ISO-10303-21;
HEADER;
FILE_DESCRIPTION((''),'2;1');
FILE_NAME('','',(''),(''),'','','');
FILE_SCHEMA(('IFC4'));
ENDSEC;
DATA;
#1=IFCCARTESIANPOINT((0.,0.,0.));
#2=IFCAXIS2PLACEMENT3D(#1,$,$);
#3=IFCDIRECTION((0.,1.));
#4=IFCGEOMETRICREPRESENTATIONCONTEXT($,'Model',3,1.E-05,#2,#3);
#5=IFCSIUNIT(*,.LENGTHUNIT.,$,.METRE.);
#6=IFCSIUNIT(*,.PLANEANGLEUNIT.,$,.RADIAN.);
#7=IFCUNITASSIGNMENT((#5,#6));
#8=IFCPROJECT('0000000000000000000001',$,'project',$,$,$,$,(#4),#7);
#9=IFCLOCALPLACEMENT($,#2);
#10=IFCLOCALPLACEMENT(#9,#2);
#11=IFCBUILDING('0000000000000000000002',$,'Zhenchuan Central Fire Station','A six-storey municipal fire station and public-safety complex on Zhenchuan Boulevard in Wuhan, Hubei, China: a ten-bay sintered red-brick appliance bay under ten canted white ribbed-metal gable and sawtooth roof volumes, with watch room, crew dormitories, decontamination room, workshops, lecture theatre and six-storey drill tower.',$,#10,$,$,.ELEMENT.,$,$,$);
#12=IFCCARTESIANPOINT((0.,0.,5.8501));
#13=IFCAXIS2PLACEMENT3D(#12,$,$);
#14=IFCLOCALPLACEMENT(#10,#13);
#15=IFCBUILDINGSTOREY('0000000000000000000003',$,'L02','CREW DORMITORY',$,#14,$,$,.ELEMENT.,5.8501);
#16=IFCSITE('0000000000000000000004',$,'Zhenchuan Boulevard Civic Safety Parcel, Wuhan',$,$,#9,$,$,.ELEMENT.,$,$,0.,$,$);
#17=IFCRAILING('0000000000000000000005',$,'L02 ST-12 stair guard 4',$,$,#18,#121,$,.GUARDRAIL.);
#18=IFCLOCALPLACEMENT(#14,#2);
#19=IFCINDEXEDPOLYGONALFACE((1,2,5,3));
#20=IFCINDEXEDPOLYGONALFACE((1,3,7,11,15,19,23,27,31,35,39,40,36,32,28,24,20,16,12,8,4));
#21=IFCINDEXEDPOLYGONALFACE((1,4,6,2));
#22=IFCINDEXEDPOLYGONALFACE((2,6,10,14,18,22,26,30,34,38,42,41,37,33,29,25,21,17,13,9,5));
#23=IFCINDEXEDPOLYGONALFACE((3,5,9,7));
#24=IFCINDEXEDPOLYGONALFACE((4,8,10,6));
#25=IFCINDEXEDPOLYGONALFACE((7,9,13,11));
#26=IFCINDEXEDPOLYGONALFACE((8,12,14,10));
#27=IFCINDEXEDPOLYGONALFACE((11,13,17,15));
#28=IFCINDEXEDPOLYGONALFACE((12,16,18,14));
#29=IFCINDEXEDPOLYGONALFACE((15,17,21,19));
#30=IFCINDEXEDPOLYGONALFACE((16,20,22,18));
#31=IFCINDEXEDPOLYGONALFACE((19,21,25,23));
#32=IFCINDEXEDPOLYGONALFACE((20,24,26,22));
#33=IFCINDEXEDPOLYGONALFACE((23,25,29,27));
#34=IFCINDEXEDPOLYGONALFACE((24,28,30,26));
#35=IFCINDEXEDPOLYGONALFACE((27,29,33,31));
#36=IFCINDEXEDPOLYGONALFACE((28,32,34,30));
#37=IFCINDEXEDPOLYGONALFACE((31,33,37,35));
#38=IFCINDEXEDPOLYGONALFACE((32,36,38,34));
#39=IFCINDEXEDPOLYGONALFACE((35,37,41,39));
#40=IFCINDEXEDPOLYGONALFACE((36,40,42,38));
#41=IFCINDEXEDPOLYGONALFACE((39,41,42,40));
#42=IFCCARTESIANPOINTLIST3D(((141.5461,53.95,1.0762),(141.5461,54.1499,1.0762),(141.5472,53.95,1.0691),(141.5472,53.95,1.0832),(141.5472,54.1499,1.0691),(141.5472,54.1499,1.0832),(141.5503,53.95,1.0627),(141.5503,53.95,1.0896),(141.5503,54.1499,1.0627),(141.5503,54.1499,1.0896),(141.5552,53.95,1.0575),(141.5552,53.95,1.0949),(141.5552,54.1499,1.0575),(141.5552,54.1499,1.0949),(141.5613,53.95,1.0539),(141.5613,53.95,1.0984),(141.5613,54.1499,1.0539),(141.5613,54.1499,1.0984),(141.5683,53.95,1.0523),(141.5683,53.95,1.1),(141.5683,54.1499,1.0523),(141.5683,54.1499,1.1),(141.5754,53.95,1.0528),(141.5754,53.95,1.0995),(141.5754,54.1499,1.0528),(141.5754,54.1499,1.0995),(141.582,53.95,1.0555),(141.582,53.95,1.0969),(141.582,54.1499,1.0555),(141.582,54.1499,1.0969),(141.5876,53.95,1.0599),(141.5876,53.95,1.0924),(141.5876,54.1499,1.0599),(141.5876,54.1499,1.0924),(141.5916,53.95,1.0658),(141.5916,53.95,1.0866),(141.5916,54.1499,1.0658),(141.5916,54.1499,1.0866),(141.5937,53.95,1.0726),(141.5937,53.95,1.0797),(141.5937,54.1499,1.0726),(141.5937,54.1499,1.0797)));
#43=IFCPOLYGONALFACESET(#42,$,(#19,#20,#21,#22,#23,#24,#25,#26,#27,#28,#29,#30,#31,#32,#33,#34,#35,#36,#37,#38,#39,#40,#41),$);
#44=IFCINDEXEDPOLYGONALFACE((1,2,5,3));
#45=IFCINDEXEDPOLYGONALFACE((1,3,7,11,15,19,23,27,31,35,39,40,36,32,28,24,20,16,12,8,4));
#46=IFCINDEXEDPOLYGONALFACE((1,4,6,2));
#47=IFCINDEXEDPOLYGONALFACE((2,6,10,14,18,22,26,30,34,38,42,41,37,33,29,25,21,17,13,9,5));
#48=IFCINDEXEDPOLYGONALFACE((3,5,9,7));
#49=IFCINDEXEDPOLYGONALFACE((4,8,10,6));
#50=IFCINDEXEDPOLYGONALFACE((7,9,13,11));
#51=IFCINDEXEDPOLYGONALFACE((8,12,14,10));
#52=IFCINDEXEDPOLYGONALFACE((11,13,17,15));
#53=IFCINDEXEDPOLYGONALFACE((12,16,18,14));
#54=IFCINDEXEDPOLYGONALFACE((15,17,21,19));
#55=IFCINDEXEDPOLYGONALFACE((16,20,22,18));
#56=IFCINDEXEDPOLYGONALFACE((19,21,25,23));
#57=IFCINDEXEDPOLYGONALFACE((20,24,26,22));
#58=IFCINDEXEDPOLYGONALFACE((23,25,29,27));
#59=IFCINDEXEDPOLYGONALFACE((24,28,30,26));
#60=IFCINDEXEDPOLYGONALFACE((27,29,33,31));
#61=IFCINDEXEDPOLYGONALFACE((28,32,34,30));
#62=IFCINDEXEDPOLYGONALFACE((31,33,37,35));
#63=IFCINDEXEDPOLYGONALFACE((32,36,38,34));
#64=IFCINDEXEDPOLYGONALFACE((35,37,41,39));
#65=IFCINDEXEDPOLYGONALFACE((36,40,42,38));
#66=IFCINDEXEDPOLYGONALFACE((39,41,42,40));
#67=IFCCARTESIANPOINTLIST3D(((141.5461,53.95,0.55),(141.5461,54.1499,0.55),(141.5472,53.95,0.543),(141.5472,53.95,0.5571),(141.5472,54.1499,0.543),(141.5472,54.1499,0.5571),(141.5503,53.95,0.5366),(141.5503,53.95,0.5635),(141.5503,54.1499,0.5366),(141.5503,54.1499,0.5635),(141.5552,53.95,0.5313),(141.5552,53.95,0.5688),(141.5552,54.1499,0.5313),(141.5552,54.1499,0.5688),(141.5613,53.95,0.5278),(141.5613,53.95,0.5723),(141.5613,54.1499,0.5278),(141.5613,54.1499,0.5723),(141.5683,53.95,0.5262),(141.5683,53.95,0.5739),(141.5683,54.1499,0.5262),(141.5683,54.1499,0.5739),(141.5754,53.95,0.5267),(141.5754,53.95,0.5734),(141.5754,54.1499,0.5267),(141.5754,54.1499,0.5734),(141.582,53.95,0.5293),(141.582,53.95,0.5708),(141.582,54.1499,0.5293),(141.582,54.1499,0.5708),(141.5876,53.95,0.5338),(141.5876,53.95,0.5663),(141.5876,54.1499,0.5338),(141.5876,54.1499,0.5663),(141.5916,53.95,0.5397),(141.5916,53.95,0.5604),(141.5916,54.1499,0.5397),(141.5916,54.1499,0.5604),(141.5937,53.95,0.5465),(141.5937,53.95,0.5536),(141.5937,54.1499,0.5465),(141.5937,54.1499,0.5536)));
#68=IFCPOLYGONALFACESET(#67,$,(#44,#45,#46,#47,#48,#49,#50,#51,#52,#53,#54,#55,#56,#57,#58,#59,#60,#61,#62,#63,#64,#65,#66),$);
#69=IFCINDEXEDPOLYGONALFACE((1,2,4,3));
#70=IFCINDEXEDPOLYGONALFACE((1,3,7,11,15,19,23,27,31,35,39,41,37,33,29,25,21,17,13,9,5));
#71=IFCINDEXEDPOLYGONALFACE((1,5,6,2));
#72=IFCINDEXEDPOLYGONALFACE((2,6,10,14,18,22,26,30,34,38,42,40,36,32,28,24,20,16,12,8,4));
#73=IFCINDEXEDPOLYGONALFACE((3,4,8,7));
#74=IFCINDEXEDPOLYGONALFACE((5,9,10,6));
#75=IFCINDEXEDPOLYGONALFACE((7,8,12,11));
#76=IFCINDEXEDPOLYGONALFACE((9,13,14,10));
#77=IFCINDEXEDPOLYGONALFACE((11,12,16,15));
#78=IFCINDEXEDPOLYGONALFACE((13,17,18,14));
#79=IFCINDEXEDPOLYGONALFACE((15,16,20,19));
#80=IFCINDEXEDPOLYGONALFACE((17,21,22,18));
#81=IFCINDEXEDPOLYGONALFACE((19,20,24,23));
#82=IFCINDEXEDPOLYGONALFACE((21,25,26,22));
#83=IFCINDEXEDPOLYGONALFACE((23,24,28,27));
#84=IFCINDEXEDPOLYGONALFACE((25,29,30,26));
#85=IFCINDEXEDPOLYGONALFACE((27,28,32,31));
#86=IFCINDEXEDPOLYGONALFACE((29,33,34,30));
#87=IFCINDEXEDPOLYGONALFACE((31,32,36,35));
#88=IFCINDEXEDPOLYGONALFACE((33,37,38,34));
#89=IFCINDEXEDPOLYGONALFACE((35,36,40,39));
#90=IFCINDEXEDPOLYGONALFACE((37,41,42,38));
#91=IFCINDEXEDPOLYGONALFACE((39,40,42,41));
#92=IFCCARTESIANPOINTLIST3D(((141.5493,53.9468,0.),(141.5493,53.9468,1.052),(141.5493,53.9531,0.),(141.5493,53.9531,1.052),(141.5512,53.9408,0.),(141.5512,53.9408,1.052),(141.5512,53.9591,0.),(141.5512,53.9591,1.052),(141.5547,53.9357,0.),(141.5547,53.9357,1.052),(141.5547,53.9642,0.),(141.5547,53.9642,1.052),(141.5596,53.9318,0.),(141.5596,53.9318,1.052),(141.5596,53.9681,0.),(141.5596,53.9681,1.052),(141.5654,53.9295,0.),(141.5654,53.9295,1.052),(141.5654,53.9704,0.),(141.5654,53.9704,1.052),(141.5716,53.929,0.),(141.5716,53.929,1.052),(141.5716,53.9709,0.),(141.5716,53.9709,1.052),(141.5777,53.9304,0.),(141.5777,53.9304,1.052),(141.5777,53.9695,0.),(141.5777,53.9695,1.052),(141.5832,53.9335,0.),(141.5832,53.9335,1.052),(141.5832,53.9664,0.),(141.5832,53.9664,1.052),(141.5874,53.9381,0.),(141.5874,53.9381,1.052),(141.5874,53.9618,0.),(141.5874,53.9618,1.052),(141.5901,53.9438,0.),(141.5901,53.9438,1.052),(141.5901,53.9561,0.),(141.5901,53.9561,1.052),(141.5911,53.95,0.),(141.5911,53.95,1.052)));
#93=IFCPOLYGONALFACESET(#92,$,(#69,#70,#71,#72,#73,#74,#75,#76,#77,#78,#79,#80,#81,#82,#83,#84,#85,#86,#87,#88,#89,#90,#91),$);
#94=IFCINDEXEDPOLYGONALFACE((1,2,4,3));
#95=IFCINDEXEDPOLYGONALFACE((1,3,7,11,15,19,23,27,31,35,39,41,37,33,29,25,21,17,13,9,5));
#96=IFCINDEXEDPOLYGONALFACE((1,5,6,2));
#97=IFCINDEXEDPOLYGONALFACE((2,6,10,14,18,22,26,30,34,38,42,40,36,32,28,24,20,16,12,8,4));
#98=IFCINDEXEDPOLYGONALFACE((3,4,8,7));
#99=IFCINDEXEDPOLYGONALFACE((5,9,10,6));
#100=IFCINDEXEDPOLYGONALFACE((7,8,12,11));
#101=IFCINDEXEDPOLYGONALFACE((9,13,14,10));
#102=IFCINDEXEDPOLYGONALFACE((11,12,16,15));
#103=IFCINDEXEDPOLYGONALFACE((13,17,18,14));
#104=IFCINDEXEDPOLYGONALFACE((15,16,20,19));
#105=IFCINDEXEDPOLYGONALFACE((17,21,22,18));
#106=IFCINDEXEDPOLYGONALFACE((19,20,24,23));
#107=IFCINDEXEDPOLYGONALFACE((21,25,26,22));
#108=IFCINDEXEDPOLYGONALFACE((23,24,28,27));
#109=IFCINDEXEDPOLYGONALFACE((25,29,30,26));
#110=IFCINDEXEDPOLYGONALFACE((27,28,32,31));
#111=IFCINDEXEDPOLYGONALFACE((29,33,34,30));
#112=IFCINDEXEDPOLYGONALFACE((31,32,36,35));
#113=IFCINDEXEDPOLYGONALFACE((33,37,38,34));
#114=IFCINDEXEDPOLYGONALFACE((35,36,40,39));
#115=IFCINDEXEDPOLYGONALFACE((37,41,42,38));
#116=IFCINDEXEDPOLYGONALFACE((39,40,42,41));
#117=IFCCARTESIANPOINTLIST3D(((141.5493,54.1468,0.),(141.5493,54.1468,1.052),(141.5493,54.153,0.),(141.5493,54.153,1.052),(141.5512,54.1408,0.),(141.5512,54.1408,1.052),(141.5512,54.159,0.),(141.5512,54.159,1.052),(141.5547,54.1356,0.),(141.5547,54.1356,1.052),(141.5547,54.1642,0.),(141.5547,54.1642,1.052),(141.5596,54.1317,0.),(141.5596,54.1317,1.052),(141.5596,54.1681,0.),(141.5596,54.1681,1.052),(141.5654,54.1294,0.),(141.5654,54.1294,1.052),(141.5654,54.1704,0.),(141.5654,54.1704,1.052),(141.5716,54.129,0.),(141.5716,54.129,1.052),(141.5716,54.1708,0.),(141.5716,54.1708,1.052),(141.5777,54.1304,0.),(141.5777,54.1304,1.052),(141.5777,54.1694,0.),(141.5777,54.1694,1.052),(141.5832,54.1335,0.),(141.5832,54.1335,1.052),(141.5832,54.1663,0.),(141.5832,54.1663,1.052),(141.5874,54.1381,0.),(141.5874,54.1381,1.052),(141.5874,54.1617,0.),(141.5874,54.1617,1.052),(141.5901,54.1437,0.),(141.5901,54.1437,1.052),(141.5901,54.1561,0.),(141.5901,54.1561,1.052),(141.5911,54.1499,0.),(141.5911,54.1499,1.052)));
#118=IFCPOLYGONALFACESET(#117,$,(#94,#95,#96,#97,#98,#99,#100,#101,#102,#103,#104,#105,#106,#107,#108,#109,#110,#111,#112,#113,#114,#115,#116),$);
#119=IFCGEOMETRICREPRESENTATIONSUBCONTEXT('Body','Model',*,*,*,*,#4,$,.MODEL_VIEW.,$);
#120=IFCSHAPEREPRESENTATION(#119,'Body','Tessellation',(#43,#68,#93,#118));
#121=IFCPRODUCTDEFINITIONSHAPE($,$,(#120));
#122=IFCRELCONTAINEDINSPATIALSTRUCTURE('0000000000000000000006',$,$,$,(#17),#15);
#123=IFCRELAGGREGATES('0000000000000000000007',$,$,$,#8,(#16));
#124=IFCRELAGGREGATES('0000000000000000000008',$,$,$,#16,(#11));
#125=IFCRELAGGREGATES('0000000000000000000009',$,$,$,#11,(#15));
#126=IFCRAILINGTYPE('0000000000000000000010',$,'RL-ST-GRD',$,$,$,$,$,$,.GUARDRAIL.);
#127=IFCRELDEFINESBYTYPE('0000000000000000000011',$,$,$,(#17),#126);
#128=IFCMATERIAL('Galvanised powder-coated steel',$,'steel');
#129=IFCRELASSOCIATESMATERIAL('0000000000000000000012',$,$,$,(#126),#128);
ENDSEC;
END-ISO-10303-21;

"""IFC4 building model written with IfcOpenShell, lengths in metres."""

from ifc_helpers import new_model, si_unit, direction, frame, origin, origin_2d, place, context, subcontext, project, spatial, circle, extrude, material, type_object, element, save


model = new_model("IFC4")

# Units and contexts
model_context = context("Model", 3, precision=1e-05, world=origin(), true_north=direction((0.0, 1.0)))
body_context = subcontext(model_context, "Body", "Model", "MODEL_VIEW")
ifc_project = project(units=[si_unit("LENGTHUNIT", "METRE"), si_unit("PLANEANGLEUNIT", "RADIAN")], contexts=[model_context])

# Site, building, storey
site_placement = place(None, origin())
site = spatial("IfcSite", under=ifc_project, at=site_placement, Name="Zhenchuan Boulevard Civic Safety Parcel, Wuhan", CompositionType="ELEMENT", RefElevation=0.0)
building_placement = place(site_placement, origin())
building = spatial("IfcBuilding", under=site, at=building_placement, Name="Zhenchuan Central Fire Station", Description="A six-storey municipal fire station and public-safety complex on Zhenchuan Boulevard in Wuhan, Hubei, China: a ten-bay sintered red-brick appliance bay under ten canted white ribbed-metal gable and sawtooth roof volumes, with watch room, crew dormitories, decontamination room, workshops, lecture theatre and six-storey drill tower.", CompositionType="ELEMENT")
storey_placement = place(building_placement, frame((0.0, 0.0, 5.8501)))
storey = spatial("IfcBuildingStorey", under=building, at=storey_placement, Name="L02", Description="CREW DORMITORY", CompositionType="ELEMENT", Elevation=5.8501)

# Railing
ifc_material_1 = material(Name="Galvanised powder-coated steel", Category="steel")
railing_type_1 = type_object("IfcRailingType", Name="RL-ST-GRD", PredefinedType="GUARDRAIL", material=ifc_material_1)
railing_1_placement = place(storey_placement, frame((141.5701, 53.95, 0.0)))
element("IfcRailing", 1, at=railing_1_placement, inside=storey, type_object=railing_type_1, Name="L02 ST-12 stair guard 4", PredefinedType="GUARDRAIL", context=body_context, shape_type="SweptSolid", body=[
    extrude(circle(Radius=0.0239, at=origin_2d()), frame((0.0, 0.0, 1.0762), z_axis=(0.0, 1.0, 0.0), x_axis=(-1.0, 0.0, 0.0)), (0.0, 0.0, 1.0), 0.2),
    extrude(circle(Radius=0.0239, at=origin_2d()), frame((0.0, 0.0, 0.55), z_axis=(0.0, 1.0, 0.0), x_axis=(-1.0, 0.0, 0.0)), (0.0, 0.0, 1.0), 0.2),
    extrude(circle(Radius=0.021, at=origin_2d()), origin(), (0.0, 0.0, 1.0), 1.052),
    extrude(circle(Radius=0.021, at=origin_2d()), frame((0.0, 0.2, 0.0)), (0.0, 0.0, 1.0), 1.052),
])

save(model, "model.ifc")
